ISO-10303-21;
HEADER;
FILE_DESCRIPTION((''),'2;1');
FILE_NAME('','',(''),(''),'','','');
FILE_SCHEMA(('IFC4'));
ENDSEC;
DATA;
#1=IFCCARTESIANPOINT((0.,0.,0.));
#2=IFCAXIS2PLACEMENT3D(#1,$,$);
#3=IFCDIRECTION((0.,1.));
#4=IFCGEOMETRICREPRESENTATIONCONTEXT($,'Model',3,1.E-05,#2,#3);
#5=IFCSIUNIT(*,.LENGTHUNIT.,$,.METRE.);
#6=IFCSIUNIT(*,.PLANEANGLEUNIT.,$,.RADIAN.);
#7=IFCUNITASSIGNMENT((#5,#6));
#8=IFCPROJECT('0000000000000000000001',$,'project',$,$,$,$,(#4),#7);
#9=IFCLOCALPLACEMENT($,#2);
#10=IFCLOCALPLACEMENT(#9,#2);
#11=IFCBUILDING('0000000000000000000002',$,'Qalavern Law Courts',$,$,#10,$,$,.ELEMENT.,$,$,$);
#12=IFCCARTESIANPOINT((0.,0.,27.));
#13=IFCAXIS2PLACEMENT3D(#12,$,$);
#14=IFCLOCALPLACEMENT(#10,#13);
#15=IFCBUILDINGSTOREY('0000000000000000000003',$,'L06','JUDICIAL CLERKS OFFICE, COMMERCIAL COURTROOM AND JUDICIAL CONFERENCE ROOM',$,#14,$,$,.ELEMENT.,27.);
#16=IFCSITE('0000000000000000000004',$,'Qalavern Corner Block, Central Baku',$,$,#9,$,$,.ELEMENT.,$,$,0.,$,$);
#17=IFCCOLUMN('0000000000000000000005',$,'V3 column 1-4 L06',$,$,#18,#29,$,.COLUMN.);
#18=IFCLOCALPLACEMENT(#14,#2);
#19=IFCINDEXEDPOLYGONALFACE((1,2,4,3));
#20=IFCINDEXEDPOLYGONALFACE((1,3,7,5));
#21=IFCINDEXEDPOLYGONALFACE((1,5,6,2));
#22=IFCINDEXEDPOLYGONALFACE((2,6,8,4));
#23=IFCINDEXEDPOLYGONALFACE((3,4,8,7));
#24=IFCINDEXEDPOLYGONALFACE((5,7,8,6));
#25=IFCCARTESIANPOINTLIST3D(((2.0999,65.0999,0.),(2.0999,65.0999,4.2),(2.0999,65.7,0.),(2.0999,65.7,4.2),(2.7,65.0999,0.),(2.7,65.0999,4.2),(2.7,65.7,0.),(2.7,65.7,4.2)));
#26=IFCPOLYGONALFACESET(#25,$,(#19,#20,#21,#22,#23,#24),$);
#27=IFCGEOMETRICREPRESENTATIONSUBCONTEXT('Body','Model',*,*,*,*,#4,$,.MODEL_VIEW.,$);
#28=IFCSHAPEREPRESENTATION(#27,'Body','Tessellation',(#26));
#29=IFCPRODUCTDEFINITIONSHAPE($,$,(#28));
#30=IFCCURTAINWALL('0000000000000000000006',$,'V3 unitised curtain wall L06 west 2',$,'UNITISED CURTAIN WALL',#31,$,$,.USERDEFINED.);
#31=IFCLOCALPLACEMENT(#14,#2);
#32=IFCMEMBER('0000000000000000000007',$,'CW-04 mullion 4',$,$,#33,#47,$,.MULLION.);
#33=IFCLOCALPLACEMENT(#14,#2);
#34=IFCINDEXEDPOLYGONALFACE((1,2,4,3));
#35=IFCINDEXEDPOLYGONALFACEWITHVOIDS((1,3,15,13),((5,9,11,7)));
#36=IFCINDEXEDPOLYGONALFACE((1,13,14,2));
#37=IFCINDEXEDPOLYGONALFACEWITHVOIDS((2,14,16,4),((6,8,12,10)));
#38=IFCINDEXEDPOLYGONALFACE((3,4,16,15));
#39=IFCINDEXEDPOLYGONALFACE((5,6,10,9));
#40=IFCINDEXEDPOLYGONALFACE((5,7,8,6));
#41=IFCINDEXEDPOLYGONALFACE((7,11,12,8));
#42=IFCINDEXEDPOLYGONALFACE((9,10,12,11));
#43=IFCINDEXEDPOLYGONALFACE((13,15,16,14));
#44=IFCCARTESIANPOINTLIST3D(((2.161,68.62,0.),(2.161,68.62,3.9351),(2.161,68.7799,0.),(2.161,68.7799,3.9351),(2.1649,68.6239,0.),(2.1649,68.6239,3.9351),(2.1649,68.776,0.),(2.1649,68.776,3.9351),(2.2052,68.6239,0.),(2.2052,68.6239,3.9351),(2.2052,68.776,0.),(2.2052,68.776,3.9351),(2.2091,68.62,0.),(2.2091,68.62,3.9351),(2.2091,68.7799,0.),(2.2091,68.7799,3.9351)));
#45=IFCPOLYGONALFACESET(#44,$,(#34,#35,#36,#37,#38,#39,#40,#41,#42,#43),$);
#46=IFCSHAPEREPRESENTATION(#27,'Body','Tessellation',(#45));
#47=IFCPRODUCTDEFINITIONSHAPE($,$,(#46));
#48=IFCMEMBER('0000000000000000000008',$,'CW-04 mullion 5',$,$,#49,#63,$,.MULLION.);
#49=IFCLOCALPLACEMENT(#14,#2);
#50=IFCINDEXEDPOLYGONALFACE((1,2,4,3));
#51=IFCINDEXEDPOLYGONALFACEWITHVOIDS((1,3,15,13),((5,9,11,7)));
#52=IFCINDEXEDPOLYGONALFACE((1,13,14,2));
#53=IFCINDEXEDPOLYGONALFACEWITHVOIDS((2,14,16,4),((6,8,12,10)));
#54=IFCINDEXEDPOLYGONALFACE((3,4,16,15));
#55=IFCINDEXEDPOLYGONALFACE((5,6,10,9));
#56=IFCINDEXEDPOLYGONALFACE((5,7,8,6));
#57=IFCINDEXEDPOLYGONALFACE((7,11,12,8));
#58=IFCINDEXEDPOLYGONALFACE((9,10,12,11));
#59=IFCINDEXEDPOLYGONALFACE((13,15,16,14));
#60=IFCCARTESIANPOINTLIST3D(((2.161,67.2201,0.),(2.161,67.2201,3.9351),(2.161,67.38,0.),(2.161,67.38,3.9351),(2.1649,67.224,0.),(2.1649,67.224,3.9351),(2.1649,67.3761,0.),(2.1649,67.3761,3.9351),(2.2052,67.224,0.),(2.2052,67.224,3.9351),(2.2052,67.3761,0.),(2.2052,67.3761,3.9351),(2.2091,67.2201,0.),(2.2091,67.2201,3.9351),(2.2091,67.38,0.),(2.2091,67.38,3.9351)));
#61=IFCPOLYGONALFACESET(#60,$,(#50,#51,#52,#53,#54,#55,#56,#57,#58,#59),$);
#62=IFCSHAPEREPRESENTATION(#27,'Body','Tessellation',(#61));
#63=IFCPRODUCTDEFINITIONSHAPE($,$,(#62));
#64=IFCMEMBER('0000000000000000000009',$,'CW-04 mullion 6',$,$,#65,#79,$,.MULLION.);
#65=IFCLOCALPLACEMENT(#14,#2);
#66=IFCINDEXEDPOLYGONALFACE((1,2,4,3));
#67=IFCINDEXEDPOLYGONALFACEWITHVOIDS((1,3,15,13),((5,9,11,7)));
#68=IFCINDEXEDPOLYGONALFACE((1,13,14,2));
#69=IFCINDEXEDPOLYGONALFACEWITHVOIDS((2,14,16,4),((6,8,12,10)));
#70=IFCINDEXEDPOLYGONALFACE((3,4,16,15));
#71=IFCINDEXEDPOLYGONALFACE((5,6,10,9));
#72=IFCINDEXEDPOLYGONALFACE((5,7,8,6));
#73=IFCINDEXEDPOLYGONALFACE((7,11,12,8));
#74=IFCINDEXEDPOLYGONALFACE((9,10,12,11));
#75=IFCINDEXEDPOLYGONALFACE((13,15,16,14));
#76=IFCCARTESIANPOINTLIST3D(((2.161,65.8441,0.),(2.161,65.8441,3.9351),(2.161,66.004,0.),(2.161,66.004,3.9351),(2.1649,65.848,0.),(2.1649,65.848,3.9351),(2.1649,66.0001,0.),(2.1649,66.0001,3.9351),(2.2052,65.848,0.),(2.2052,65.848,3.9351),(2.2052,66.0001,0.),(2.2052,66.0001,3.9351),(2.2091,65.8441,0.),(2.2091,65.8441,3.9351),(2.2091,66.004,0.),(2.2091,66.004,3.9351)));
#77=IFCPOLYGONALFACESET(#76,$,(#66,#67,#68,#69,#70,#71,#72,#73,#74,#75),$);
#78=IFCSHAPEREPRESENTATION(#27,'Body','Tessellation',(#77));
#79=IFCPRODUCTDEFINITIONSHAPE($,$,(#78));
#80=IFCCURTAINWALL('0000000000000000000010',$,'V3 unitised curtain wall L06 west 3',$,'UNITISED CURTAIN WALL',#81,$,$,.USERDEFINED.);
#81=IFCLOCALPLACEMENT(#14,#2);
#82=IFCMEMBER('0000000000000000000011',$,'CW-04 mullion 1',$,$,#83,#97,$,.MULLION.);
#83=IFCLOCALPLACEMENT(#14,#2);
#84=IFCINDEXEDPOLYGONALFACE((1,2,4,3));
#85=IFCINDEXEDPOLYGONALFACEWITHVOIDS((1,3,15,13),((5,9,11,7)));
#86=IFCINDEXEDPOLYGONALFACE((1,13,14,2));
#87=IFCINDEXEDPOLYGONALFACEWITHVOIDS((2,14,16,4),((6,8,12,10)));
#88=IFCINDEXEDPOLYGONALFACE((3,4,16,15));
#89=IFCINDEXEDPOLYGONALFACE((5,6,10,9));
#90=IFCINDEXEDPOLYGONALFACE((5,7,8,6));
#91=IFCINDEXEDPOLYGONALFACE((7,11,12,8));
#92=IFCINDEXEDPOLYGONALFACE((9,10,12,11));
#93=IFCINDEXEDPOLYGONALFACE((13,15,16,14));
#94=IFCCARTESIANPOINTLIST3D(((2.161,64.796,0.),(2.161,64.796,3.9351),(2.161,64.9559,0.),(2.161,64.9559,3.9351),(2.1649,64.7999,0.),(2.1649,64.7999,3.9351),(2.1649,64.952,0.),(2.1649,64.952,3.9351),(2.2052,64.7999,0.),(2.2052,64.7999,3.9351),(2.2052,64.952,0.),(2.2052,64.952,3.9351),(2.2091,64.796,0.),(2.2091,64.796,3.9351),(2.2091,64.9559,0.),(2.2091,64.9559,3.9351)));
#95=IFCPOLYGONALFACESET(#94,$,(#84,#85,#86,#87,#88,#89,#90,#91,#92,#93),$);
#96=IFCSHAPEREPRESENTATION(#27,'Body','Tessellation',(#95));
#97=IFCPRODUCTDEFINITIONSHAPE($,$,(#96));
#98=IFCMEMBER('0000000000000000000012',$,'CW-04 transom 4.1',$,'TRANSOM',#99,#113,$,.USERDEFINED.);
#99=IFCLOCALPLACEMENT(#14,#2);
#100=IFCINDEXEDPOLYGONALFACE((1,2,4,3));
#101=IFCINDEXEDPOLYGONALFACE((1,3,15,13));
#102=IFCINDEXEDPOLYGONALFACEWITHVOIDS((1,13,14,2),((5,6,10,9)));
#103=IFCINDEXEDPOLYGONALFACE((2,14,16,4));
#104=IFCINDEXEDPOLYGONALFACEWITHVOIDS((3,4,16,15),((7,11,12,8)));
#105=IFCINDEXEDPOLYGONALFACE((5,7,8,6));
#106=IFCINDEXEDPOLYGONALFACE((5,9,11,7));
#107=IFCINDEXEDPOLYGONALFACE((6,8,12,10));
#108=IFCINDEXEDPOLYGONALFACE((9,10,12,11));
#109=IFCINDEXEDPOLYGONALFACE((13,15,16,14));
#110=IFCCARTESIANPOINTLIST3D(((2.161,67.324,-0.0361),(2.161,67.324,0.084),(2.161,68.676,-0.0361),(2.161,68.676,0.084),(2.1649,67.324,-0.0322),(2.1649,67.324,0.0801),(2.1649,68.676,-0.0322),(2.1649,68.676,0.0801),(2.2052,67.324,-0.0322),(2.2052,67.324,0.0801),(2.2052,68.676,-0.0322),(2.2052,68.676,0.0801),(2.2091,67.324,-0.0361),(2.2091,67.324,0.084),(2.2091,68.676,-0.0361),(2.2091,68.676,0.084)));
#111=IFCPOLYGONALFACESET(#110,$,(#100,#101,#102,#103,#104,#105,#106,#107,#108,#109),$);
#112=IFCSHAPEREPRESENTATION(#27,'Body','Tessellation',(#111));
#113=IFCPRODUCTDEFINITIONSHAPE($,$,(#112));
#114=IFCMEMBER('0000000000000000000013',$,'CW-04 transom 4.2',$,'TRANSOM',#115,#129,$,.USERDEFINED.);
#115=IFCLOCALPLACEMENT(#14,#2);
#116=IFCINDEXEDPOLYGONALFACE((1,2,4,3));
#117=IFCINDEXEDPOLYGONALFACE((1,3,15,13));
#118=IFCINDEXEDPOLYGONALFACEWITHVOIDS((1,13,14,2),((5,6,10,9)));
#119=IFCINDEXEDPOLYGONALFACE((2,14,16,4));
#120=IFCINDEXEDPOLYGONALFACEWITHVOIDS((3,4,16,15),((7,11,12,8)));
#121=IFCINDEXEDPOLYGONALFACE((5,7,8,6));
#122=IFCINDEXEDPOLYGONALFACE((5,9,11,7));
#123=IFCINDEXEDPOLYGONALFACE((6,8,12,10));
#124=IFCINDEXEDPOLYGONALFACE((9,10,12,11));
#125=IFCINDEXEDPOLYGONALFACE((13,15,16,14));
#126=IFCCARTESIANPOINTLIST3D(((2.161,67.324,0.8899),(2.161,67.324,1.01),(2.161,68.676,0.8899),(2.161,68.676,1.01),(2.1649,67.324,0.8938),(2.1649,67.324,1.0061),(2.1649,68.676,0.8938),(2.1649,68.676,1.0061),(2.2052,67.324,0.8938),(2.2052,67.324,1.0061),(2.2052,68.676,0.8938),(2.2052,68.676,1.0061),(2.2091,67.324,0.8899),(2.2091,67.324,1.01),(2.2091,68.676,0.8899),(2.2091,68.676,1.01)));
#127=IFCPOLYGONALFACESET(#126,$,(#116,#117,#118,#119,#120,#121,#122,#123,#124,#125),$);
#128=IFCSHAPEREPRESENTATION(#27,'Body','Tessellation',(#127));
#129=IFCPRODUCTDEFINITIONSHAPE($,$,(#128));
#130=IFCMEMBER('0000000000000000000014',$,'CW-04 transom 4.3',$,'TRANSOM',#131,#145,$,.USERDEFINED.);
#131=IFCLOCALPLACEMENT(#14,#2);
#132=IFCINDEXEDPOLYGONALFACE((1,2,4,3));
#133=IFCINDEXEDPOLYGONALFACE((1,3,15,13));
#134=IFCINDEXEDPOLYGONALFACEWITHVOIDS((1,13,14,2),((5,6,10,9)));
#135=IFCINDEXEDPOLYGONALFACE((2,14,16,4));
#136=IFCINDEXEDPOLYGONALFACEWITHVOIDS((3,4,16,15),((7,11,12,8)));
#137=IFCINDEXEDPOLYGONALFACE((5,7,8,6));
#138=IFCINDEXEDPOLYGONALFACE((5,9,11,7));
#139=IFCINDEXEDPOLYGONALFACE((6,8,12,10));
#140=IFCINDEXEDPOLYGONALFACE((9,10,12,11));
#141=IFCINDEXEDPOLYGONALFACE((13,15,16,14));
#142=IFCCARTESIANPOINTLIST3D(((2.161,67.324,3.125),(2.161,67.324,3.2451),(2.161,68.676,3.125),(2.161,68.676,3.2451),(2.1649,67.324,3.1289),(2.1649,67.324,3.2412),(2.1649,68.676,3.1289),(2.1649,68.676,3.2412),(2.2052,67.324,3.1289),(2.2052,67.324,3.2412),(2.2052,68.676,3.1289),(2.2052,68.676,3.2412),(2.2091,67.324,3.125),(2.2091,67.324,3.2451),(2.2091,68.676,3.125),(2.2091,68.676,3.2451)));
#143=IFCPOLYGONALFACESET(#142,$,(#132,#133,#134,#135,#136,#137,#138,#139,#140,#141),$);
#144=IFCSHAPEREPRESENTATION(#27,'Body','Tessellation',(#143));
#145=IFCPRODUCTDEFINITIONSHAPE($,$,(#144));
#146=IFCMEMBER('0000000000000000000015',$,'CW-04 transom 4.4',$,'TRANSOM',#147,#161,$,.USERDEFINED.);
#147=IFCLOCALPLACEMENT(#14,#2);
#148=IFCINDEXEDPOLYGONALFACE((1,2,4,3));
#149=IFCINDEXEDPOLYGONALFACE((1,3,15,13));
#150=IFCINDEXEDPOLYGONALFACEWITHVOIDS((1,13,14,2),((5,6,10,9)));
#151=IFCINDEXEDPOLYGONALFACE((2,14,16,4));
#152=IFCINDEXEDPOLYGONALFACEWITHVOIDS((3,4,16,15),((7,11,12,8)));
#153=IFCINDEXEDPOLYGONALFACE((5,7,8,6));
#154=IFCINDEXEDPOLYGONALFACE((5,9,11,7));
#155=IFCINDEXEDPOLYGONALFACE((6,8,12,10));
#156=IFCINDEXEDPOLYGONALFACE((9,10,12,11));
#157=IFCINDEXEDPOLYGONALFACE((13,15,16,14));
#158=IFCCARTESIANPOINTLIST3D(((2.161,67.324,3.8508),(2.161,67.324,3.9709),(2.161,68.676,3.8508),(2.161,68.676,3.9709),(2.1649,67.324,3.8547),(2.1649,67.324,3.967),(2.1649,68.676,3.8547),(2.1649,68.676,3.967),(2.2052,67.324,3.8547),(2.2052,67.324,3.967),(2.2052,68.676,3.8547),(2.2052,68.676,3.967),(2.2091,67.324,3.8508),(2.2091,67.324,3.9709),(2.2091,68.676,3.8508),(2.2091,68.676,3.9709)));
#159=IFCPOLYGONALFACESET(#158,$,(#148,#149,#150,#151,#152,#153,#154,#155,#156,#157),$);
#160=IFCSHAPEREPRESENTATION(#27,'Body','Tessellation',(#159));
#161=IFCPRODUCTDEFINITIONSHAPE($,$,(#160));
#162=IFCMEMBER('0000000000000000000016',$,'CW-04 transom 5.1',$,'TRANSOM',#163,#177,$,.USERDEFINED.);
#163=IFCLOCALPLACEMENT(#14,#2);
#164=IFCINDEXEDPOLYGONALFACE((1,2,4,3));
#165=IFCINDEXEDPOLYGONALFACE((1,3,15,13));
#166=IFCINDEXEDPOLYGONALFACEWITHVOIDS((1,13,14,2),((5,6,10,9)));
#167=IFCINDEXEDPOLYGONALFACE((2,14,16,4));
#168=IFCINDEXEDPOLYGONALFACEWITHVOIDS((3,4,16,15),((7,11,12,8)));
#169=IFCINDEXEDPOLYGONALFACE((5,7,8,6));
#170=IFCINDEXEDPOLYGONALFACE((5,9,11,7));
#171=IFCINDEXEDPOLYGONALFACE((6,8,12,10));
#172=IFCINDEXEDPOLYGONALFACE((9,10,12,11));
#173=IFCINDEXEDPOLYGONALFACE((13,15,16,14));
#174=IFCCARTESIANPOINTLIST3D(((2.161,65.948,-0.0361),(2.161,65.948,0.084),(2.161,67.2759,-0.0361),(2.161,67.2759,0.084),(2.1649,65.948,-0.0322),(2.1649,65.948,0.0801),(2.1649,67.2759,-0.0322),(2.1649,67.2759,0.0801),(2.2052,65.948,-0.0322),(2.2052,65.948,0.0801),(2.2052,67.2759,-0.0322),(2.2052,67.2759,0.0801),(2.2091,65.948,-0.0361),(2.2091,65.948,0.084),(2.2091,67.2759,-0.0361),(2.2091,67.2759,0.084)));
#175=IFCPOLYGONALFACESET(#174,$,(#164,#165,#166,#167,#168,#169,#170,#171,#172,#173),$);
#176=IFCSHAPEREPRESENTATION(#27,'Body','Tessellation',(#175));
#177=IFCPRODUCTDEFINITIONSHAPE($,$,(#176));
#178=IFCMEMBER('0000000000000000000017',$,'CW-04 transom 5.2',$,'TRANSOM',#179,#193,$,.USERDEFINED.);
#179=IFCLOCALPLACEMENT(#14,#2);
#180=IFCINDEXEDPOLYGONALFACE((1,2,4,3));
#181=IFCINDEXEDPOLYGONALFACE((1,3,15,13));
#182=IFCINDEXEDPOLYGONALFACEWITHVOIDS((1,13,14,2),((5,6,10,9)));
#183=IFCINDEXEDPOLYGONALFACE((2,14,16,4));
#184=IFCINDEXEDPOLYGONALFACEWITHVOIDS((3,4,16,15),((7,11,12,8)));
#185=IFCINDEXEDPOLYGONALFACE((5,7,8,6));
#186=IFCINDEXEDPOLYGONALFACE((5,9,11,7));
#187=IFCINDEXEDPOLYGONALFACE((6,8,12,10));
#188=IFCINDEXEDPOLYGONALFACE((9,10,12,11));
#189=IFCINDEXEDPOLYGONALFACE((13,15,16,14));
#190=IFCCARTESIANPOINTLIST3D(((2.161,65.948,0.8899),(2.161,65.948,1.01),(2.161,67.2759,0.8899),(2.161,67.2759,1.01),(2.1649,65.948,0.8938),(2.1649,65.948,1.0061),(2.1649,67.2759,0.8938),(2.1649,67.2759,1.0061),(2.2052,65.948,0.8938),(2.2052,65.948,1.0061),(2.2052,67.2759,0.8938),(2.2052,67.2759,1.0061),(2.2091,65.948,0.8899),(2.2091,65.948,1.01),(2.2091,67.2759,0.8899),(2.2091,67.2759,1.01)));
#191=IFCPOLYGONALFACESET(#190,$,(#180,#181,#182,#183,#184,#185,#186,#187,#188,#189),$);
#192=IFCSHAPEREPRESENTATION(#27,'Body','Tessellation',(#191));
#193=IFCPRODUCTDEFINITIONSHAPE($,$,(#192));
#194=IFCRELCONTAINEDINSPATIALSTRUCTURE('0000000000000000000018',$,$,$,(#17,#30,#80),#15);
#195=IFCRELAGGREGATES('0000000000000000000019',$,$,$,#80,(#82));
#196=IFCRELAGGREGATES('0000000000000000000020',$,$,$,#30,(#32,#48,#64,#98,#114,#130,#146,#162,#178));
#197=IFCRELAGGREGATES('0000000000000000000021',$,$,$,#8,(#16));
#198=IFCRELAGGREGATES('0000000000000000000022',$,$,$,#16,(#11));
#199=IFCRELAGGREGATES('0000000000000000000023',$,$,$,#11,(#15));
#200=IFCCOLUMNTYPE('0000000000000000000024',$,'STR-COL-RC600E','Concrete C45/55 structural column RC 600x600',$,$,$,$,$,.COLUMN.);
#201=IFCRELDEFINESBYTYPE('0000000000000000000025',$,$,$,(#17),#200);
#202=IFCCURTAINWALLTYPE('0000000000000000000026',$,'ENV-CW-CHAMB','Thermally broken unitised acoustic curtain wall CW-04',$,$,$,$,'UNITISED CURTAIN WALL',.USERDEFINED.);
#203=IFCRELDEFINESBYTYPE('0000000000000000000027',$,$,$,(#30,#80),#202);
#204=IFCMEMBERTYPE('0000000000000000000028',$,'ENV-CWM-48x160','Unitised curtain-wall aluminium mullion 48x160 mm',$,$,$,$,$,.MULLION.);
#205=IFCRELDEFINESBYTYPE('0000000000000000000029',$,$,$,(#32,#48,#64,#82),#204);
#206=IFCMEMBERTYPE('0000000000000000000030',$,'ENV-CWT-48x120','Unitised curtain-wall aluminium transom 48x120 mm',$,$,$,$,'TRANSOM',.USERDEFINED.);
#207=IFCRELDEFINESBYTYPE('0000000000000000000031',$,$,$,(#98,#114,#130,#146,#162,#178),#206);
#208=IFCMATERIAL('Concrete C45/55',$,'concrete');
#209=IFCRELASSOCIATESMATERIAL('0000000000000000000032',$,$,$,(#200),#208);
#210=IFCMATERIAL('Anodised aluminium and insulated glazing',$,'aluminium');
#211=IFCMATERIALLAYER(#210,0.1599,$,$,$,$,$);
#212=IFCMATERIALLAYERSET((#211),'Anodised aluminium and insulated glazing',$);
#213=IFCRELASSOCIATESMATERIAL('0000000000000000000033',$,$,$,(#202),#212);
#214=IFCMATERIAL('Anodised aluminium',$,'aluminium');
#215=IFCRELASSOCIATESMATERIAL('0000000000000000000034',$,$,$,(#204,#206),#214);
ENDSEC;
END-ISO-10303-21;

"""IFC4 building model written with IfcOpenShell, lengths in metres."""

from ifc_helpers import new_model, si_unit, direction, frame, origin, origin_2d, place, context, subcontext, project, spatial, rectangle, hollow_rectangle, extrude, material, layer, layer_set, material_profile, profile_set, type_object, element, aggregate, save


model = new_model("IFC4")

# Units and contexts
model_context = context("Model", 3, precision=1e-05, world=origin(), true_north=direction((0.0, 1.0)))
body_context = subcontext(model_context, "Body", "Model", "MODEL_VIEW")
ifc_project = project(units=[si_unit("LENGTHUNIT", "METRE"), si_unit("PLANEANGLEUNIT", "RADIAN")], contexts=[model_context])

# Site, building, storey
site_placement = place(None, origin())
site = spatial("IfcSite", under=ifc_project, at=site_placement, Name="Qalavern Corner Block, Central Baku", CompositionType="ELEMENT", RefElevation=0.0)
building_placement = place(site_placement, origin())
building = spatial("IfcBuilding", under=site, at=building_placement, Name="Qalavern Law Courts", CompositionType="ELEMENT")
storey_placement = place(building_placement, frame((0.0, 0.0, 27.0)))
storey = spatial("IfcBuildingStorey", under=building, at=storey_placement, Name="L06", Description="JUDICIAL CLERKS OFFICE, COMMERCIAL COURTROOM AND JUDICIAL CONFERENCE ROOM", CompositionType="ELEMENT", Elevation=27.0)

# Column
ifc_material_1 = material(Name="Concrete C45/55", Category="concrete")
ifc_material_profile_1 = material_profile(ifc_material_1, rectangle(XDim=0.6001, YDim=0.6001, at=origin_2d()), Name="RC 600x600")
ifc_profile_set_1 = profile_set([ifc_material_profile_1], Name="Concrete C45/55")
column_type = type_object("IfcColumnType", Name="STR-COL-RC600E", Description="Concrete C45/55 structural column RC 600x600", PredefinedType="COLUMN", material=ifc_profile_set_1)
column_placement = place(storey_placement, frame((2.3999, 65.3999, 0.0), z_axis=(0.0, 0.0, 1.0), x_axis=(1.0, 0.0, 0.0)))
element("IfcColumn", 1, at=column_placement, inside=storey, type_object=column_type, Name="V3 column 1-4 L06", PredefinedType="COLUMN", context=body_context, shape_type="SweptSolid", body=[
    extrude(rectangle(XDim=0.6001, YDim=0.6001, at=origin_2d()), origin(), (0.0, 0.0, 1.0), 4.2),
])

# Curtain wall, members
ifc_material_2 = material(Name="Anodised aluminium and insulated glazing", Category="aluminium")
ifc_layer_1 = layer(ifc_material_2, 0.1599)
ifc_layer_set_1 = layer_set([ifc_layer_1], Name="Anodised aluminium and insulated glazing")
curtain_wall_type = type_object("IfcCurtainWallType", Name="ENV-CW-CHAMB", Description="Thermally broken unitised acoustic curtain wall CW-04", ElementType="UNITISED CURTAIN WALL", PredefinedType="USERDEFINED", material=ifc_layer_set_1)
curtain_wall_1_placement = place(storey_placement, origin())
curtain_wall_1 = element("IfcCurtainWall", 2, at=curtain_wall_1_placement, inside=storey, type_object=curtain_wall_type, Name="V3 unitised curtain wall L06 west 2", ObjectType="UNITISED CURTAIN WALL", PredefinedType="USERDEFINED")
ifc_material_3 = material(Name="Anodised aluminium", Category="aluminium")
ifc_material_profile_2 = material_profile(ifc_material_3, hollow_rectangle(XDim=0.0481, YDim=0.1599, WallThickness=0.0039, at=origin_2d()), Name="ALU MULLION 48x160")
ifc_profile_set_2 = profile_set([ifc_material_profile_2], Name="Anodised aluminium")
member_type_1 = type_object("IfcMemberType", Name="ENV-CWM-48x160", Description="Unitised curtain-wall aluminium mullion 48x160 mm", PredefinedType="MULLION", material=ifc_profile_set_2)
member_1_placement = place(storey_placement, frame((2.1851, 68.7, 0.0), z_axis=(0.0, 0.0, 1.0), x_axis=(1.0, 0.0, 0.0)))
member_1 = element("IfcMember", 3, at=member_1_placement, type_object=member_type_1, Name="CW-04 mullion 4", PredefinedType="MULLION", context=body_context, shape_type="SweptSolid", body=[
    extrude(hollow_rectangle(XDim=0.0481, YDim=0.1599, WallThickness=0.0039, at=origin_2d()), origin(), (0.0, 0.0, 1.0), 3.9351),
])
member_2_placement = place(storey_placement, frame((2.1851, 67.3, 0.0), z_axis=(0.0, 0.0, 1.0), x_axis=(1.0, 0.0, 0.0)))
member_2 = element("IfcMember", 4, at=member_2_placement, type_object=member_type_1, Name="CW-04 mullion 5", PredefinedType="MULLION", context=body_context, shape_type="SweptSolid", body=[
    extrude(hollow_rectangle(XDim=0.0481, YDim=0.1599, WallThickness=0.0039, at=origin_2d()), origin(), (0.0, 0.0, 1.0), 3.9351),
])
member_3_placement = place(storey_placement, frame((2.1851, 65.9241, 0.0), z_axis=(0.0, 0.0, 1.0), x_axis=(1.0, 0.0, 0.0)))
member_3 = element("IfcMember", 5, at=member_3_placement, type_object=member_type_1, Name="CW-04 mullion 6", PredefinedType="MULLION", context=body_context, shape_type="SweptSolid", body=[
    extrude(hollow_rectangle(XDim=0.0481, YDim=0.1599, WallThickness=0.0039, at=origin_2d()), origin(), (0.0, 0.0, 1.0), 3.9351),
])

# Curtain wall, member
curtain_wall_2_placement = place(storey_placement, origin())
curtain_wall_2 = element("IfcCurtainWall", 6, at=curtain_wall_2_placement, inside=storey, type_object=curtain_wall_type, Name="V3 unitised curtain wall L06 west 3", ObjectType="UNITISED CURTAIN WALL", PredefinedType="USERDEFINED")
member_4_placement = place(storey_placement, frame((2.1851, 64.876, 0.0), z_axis=(0.0, 0.0, 1.0), x_axis=(1.0, 0.0, 0.0)))
member_4 = element("IfcMember", 7, at=member_4_placement, type_object=member_type_1, Name="CW-04 mullion 1", PredefinedType="MULLION", context=body_context, shape_type="SweptSolid", body=[
    extrude(hollow_rectangle(XDim=0.0481, YDim=0.1599, WallThickness=0.0039, at=origin_2d()), origin(), (0.0, 0.0, 1.0), 3.9351),
])

# Members
ifc_material_profile_3 = material_profile(ifc_material_3, hollow_rectangle(XDim=0.0481, YDim=0.1201, WallThickness=0.0039, at=origin_2d()), Name="ALU TRANSOM 48x120")
ifc_profile_set_3 = profile_set([ifc_material_profile_3], Name="Anodised aluminium")
member_type_2 = type_object("IfcMemberType", Name="ENV-CWT-48x120", Description="Unitised curtain-wall aluminium transom 48x120 mm", ElementType="TRANSOM", PredefinedType="USERDEFINED", material=ifc_profile_set_3)
member_5_placement = place(storey_placement, frame((2.1851, 68.676, 0.0239), z_axis=(0.0, -1.0, 0.0), x_axis=(1.0, 0.0, 0.0)))
member_5 = element("IfcMember", 8, at=member_5_placement, type_object=member_type_2, Name="CW-04 transom 4.1", ObjectType="TRANSOM", PredefinedType="USERDEFINED", context=body_context, shape_type="SweptSolid", body=[
    extrude(hollow_rectangle(XDim=0.0481, YDim=0.1201, WallThickness=0.0039, at=origin_2d()), origin(), (0.0, 0.0, 1.0), 1.3521),
])
member_6_placement = place(storey_placement, frame((2.1851, 68.676, 0.95), z_axis=(0.0, -1.0, 0.0), x_axis=(1.0, 0.0, 0.0)))
member_6 = element("IfcMember", 9, at=member_6_placement, type_object=member_type_2, Name="CW-04 transom 4.2", ObjectType="TRANSOM", PredefinedType="USERDEFINED", context=body_context, shape_type="SweptSolid", body=[
    extrude(hollow_rectangle(XDim=0.0481, YDim=0.1201, WallThickness=0.0039, at=origin_2d()), origin(), (0.0, 0.0, 1.0), 1.3521),
])
member_7_placement = place(storey_placement, frame((2.1851, 68.676, 3.1851), z_axis=(0.0, -1.0, 0.0), x_axis=(1.0, 0.0, 0.0)))
member_7 = element("IfcMember", 10, at=member_7_placement, type_object=member_type_2, Name="CW-04 transom 4.3", ObjectType="TRANSOM", PredefinedType="USERDEFINED", context=body_context, shape_type="SweptSolid", body=[
    extrude(hollow_rectangle(XDim=0.0481, YDim=0.1201, WallThickness=0.0039, at=origin_2d()), origin(), (0.0, 0.0, 1.0), 1.3521),
])
member_8_placement = place(storey_placement, frame((2.1851, 68.676, 3.9109), z_axis=(0.0, -1.0, 0.0), x_axis=(1.0, 0.0, 0.0)))
member_8 = element("IfcMember", 11, at=member_8_placement, type_object=member_type_2, Name="CW-04 transom 4.4", ObjectType="TRANSOM", PredefinedType="USERDEFINED", context=body_context, shape_type="SweptSolid", body=[
    extrude(hollow_rectangle(XDim=0.0481, YDim=0.1201, WallThickness=0.0039, at=origin_2d()), origin(), (0.0, 0.0, 1.0), 1.3521),
])
member_9_placement = place(storey_placement, frame((2.1851, 67.2759, 0.0239), z_axis=(0.0, -1.0, 0.0), x_axis=(1.0, 0.0, 0.0)))
member_9 = element("IfcMember", 12, at=member_9_placement, type_object=member_type_2, Name="CW-04 transom 5.1", ObjectType="TRANSOM", PredefinedType="USERDEFINED", context=body_context, shape_type="SweptSolid", body=[
    extrude(hollow_rectangle(XDim=0.0481, YDim=0.1201, WallThickness=0.0039, at=origin_2d()), origin(), (0.0, 0.0, 1.0), 1.3279),
])
member_10_placement = place(storey_placement, frame((2.1851, 67.2759, 0.95), z_axis=(0.0, -1.0, 0.0), x_axis=(1.0, 0.0, 0.0)))
member_10 = element("IfcMember", 13, at=member_10_placement, type_object=member_type_2, Name="CW-04 transom 5.2", ObjectType="TRANSOM", PredefinedType="USERDEFINED", context=body_context, shape_type="SweptSolid", body=[
    extrude(hollow_rectangle(XDim=0.0481, YDim=0.1201, WallThickness=0.0039, at=origin_2d()), origin(), (0.0, 0.0, 1.0), 1.3279),
])
aggregate(curtain_wall_2, [member_4])

aggregate(curtain_wall_1, [member_1, member_2, member_3, member_5, member_6, member_7, member_8, member_9, member_10])

save(model, "model.ifc")
